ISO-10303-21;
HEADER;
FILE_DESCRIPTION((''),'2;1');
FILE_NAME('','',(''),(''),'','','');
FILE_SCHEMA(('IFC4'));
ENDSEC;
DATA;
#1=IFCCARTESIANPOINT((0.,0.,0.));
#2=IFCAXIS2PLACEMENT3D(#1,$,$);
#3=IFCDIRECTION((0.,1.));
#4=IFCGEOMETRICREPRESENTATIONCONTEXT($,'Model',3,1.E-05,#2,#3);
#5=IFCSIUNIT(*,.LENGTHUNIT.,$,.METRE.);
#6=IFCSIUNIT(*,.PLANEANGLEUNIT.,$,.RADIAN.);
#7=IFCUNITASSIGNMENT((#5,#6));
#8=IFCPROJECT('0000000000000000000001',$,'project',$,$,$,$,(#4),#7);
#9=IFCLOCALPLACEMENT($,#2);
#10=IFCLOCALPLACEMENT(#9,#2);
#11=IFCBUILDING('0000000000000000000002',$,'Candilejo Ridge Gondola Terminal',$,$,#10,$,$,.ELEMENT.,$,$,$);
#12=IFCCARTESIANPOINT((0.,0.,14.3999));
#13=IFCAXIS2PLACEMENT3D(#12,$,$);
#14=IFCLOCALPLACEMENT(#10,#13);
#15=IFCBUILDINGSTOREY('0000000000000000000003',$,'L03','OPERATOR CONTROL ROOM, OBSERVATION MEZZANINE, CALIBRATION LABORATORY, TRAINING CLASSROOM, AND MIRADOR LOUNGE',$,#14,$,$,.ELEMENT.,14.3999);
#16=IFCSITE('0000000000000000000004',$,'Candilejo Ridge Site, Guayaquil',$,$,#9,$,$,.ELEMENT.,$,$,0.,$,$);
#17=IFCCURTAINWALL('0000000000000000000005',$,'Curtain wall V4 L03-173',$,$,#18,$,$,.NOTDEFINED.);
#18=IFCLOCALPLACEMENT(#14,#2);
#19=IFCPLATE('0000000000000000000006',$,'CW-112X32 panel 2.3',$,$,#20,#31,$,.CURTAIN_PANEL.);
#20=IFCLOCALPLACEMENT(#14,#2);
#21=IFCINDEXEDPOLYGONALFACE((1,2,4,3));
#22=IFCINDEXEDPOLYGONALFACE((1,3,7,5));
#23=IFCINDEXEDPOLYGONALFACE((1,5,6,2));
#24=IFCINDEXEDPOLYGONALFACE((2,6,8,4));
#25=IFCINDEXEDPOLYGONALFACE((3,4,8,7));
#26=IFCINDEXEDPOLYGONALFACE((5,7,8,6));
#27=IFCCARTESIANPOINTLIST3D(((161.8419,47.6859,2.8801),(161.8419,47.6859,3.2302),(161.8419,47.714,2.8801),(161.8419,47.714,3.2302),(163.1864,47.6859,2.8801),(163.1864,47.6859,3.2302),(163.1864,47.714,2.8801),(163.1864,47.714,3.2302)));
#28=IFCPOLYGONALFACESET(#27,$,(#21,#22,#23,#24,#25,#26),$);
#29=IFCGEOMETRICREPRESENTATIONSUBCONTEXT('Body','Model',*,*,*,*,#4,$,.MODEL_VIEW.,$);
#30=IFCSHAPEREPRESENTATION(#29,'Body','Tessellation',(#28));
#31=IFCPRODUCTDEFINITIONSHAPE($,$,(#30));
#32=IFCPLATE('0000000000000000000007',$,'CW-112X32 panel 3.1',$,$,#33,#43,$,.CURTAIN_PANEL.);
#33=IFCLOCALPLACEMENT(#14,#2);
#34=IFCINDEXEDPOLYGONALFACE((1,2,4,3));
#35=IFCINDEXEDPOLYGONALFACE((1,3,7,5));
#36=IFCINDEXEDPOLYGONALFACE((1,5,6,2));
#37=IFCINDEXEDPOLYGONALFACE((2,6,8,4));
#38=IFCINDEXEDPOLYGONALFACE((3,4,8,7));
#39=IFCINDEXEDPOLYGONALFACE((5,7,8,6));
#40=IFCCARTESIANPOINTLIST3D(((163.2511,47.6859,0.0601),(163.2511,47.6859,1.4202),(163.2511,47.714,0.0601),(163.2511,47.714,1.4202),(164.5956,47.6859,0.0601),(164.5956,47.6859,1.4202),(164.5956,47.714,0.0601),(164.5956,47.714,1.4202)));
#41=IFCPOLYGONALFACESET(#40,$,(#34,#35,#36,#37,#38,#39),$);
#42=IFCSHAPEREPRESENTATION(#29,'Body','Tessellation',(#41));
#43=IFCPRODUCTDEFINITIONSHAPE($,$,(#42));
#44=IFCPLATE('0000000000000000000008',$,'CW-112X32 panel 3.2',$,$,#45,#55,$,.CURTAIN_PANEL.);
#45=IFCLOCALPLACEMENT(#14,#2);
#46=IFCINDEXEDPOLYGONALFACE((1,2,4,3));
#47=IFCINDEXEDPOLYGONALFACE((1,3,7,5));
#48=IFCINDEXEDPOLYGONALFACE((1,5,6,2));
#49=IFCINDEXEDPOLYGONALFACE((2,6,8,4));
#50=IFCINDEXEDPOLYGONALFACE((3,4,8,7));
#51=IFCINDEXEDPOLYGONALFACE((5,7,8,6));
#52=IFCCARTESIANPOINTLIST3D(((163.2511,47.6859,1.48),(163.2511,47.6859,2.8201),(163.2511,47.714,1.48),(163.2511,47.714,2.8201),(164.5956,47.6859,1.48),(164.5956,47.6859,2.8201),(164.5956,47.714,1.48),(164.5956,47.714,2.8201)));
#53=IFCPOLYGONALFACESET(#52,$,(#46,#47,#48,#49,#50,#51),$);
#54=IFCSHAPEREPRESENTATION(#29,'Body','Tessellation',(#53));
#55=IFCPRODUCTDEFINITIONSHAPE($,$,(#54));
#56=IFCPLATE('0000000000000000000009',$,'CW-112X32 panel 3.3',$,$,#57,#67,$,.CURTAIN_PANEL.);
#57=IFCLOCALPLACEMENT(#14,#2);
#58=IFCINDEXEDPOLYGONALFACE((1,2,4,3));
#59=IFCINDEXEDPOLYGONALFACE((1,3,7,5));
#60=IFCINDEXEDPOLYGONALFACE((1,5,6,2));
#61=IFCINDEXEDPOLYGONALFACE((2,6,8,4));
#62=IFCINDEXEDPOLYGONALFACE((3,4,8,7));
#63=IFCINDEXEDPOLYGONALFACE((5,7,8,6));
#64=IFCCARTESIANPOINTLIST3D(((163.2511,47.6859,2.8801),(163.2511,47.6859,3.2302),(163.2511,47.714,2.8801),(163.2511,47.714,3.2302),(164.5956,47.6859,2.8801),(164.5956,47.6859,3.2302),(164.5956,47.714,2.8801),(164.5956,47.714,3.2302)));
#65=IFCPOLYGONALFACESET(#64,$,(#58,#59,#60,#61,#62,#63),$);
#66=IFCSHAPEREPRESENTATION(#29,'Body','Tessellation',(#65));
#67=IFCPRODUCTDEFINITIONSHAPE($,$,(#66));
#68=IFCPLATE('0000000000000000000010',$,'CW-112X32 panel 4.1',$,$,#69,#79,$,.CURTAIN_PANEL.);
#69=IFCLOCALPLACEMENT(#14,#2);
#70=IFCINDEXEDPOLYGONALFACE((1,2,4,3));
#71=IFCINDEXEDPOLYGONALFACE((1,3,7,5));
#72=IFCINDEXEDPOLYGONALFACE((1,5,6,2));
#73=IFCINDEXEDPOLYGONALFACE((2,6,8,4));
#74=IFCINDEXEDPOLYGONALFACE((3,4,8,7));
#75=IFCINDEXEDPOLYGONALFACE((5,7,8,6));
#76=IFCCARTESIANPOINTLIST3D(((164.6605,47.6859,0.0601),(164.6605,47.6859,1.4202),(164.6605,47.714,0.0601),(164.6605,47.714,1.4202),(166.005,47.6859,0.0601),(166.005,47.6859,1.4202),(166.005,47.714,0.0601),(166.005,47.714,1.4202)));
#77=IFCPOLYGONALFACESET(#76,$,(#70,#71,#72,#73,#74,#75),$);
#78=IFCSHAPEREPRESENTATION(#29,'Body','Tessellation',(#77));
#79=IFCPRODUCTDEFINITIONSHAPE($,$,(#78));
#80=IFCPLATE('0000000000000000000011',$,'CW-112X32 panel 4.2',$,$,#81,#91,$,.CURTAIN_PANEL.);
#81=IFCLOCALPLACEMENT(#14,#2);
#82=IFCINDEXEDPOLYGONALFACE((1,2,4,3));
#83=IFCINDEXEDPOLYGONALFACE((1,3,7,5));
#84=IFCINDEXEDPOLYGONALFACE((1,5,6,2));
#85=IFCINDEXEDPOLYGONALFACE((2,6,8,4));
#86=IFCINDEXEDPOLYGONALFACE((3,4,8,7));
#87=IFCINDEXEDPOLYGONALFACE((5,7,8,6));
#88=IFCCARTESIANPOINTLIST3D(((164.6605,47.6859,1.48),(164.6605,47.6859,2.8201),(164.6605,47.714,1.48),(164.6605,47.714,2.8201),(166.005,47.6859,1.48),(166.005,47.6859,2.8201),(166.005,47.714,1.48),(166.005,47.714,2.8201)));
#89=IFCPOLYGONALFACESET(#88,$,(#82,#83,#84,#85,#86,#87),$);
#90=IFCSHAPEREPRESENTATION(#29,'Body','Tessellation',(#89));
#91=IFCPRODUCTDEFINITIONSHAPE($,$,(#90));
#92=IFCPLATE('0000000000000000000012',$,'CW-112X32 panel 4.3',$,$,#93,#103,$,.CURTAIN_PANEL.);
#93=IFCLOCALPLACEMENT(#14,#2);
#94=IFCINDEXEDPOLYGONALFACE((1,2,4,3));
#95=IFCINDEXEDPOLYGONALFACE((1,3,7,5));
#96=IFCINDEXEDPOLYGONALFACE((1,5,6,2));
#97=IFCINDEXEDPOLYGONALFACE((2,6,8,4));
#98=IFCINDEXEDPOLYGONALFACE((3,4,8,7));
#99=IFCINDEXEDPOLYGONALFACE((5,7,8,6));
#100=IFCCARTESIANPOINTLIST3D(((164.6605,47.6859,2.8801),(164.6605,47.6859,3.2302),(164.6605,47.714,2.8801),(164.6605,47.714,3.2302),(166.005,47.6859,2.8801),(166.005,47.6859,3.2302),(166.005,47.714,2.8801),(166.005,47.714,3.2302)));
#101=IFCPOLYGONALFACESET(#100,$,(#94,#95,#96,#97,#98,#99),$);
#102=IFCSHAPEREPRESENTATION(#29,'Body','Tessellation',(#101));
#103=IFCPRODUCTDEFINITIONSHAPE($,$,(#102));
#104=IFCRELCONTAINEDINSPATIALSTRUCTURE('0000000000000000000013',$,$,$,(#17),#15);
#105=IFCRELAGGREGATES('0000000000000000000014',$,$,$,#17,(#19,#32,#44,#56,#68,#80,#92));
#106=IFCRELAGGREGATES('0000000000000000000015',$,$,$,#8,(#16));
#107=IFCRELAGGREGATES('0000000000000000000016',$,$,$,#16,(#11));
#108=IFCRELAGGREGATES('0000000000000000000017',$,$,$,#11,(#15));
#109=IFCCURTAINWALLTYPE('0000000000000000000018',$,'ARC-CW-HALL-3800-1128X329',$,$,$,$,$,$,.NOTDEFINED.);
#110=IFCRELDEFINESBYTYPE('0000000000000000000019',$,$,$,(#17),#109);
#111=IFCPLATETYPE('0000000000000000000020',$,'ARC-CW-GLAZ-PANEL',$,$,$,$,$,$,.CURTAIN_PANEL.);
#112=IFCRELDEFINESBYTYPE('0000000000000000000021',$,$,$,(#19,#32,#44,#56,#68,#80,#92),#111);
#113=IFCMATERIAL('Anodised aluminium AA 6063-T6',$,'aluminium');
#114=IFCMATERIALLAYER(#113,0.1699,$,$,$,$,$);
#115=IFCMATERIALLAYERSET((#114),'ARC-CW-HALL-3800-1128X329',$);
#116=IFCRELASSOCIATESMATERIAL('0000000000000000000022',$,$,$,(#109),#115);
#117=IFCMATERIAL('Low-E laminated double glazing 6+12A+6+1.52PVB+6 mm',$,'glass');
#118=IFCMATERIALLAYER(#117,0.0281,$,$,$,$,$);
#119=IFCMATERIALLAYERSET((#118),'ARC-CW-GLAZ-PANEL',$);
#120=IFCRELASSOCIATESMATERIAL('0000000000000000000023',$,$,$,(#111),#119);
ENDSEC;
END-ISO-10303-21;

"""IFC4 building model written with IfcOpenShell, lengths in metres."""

from ifc_helpers import new_model, si_unit, direction, frame, origin, origin_2d, place, context, subcontext, project, spatial, rectangle, extrude, material, layer, layer_set, type_object, element, aggregate, save


model = new_model("IFC4")

# Units and contexts
model_context = context("Model", 3, precision=1e-05, world=origin(), true_north=direction((0.0, 1.0)))
body_context = subcontext(model_context, "Body", "Model", "MODEL_VIEW")
ifc_project = project(units=[si_unit("LENGTHUNIT", "METRE"), si_unit("PLANEANGLEUNIT", "RADIAN")], contexts=[model_context])

# Site, building, storey
site_placement = place(None, origin())
site = spatial("IfcSite", under=ifc_project, at=site_placement, Name="Candilejo Ridge Site, Guayaquil", CompositionType="ELEMENT", RefElevation=0.0)
building_placement = place(site_placement, origin())
building = spatial("IfcBuilding", under=site, at=building_placement, Name="Candilejo Ridge Gondola Terminal", CompositionType="ELEMENT")
storey_placement = place(building_placement, frame((0.0, 0.0, 14.3999)))
storey = spatial("IfcBuildingStorey", under=building, at=storey_placement, Name="L03", Description="OPERATOR CONTROL ROOM, OBSERVATION MEZZANINE, CALIBRATION LABORATORY, TRAINING CLASSROOM, AND MIRADOR LOUNGE", CompositionType="ELEMENT", Elevation=14.3999)

# Curtain wall, plates
ifc_material_1 = material(Name="Anodised aluminium AA 6063-T6", Category="aluminium")
ifc_layer_1 = layer(ifc_material_1, 0.1699)
ifc_layer_set_1 = layer_set([ifc_layer_1], Name="ARC-CW-HALL-3800-1128X329")
curtain_wall_type = type_object("IfcCurtainWallType", Name="ARC-CW-HALL-3800-1128X329", PredefinedType="NOTDEFINED", material=ifc_layer_set_1)
curtain_wall_placement = place(storey_placement, origin())
curtain_wall = element("IfcCurtainWall", 1, at=curtain_wall_placement, inside=storey, type_object=curtain_wall_type, Name="Curtain wall V4 L03-173", PredefinedType="NOTDEFINED")
ifc_material_2 = material(Name="Low-E laminated double glazing 6+12A+6+1.52PVB+6 mm", Category="glass")
ifc_layer_2 = layer(ifc_material_2, 0.0281)
ifc_layer_set_2 = layer_set([ifc_layer_2], Name="ARC-CW-GLAZ-PANEL")
plate_type = type_object("IfcPlateType", Name="ARC-CW-GLAZ-PANEL", PredefinedType="CURTAIN_PANEL", material=ifc_layer_set_2)
plate_1_placement = place(storey_placement, frame((162.5142, 47.7, 2.8801), z_axis=(0.0, 0.0, 1.0), x_axis=(1.0, 0.0, 0.0)))
plate_1 = element("IfcPlate", 2, at=plate_1_placement, type_object=plate_type, Name="CW-112X32 panel 2.3", PredefinedType="CURTAIN_PANEL", context=body_context, shape_type="SweptSolid", body=[
    extrude(rectangle(XDim=1.3445, YDim=0.0281, at=origin_2d()), origin(), (0.0, 0.0, 1.0), 0.3501),
])
plate_2_placement = place(storey_placement, frame((163.9233, 47.7, 0.0601), z_axis=(0.0, 0.0, 1.0), x_axis=(1.0, 0.0, 0.0)))
plate_2 = element("IfcPlate", 3, at=plate_2_placement, type_object=plate_type, Name="CW-112X32 panel 3.1", PredefinedType="CURTAIN_PANEL", context=body_context, shape_type="SweptSolid", body=[
    extrude(rectangle(XDim=1.3445, YDim=0.0281, at=origin_2d()), origin(), (0.0, 0.0, 1.0), 1.3601),
])
plate_3_placement = place(storey_placement, frame((163.9233, 47.7, 1.48), z_axis=(0.0, 0.0, 1.0), x_axis=(1.0, 0.0, 0.0)))
plate_3 = element("IfcPlate", 4, at=plate_3_placement, type_object=plate_type, Name="CW-112X32 panel 3.2", PredefinedType="CURTAIN_PANEL", context=body_context, shape_type="SweptSolid", body=[
    extrude(rectangle(XDim=1.3445, YDim=0.0281, at=origin_2d()), origin(), (0.0, 0.0, 1.0), 1.3401),
])
plate_4_placement = place(storey_placement, frame((163.9233, 47.7, 2.8801), z_axis=(0.0, 0.0, 1.0), x_axis=(1.0, 0.0, 0.0)))
plate_4 = element("IfcPlate", 5, at=plate_4_placement, type_object=plate_type, Name="CW-112X32 panel 3.3", PredefinedType="CURTAIN_PANEL", context=body_context, shape_type="SweptSolid", body=[
    extrude(rectangle(XDim=1.3445, YDim=0.0281, at=origin_2d()), origin(), (0.0, 0.0, 1.0), 0.3501),
])
plate_5_placement = place(storey_placement, frame((165.3328, 47.7, 0.0601), z_axis=(0.0, 0.0, 1.0), x_axis=(1.0, 0.0, 0.0)))
plate_5 = element("IfcPlate", 6, at=plate_5_placement, type_object=plate_type, Name="CW-112X32 panel 4.1", PredefinedType="CURTAIN_PANEL", context=body_context, shape_type="SweptSolid", body=[
    extrude(rectangle(XDim=1.3445, YDim=0.0281, at=origin_2d()), origin(), (0.0, 0.0, 1.0), 1.3601),
])
plate_6_placement = place(storey_placement, frame((165.3328, 47.7, 1.48), z_axis=(0.0, 0.0, 1.0), x_axis=(1.0, 0.0, 0.0)))
plate_6 = element("IfcPlate", 7, at=plate_6_placement, type_object=plate_type, Name="CW-112X32 panel 4.2", PredefinedType="CURTAIN_PANEL", context=body_context, shape_type="SweptSolid", body=[
    extrude(rectangle(XDim=1.3445, YDim=0.0281, at=origin_2d()), origin(), (0.0, 0.0, 1.0), 1.3401),
])
plate_7_placement = place(storey_placement, frame((165.3328, 47.7, 2.8801), z_axis=(0.0, 0.0, 1.0), x_axis=(1.0, 0.0, 0.0)))
plate_7 = element("IfcPlate", 8, at=plate_7_placement, type_object=plate_type, Name="CW-112X32 panel 4.3", PredefinedType="CURTAIN_PANEL", context=body_context, shape_type="SweptSolid", body=[
    extrude(rectangle(XDim=1.3445, YDim=0.0281, at=origin_2d()), origin(), (0.0, 0.0, 1.0), 0.3501),
])
aggregate(curtain_wall, [plate_1, plate_2, plate_3, plate_4, plate_5, plate_6, plate_7])

save(model, "model.ifc")
